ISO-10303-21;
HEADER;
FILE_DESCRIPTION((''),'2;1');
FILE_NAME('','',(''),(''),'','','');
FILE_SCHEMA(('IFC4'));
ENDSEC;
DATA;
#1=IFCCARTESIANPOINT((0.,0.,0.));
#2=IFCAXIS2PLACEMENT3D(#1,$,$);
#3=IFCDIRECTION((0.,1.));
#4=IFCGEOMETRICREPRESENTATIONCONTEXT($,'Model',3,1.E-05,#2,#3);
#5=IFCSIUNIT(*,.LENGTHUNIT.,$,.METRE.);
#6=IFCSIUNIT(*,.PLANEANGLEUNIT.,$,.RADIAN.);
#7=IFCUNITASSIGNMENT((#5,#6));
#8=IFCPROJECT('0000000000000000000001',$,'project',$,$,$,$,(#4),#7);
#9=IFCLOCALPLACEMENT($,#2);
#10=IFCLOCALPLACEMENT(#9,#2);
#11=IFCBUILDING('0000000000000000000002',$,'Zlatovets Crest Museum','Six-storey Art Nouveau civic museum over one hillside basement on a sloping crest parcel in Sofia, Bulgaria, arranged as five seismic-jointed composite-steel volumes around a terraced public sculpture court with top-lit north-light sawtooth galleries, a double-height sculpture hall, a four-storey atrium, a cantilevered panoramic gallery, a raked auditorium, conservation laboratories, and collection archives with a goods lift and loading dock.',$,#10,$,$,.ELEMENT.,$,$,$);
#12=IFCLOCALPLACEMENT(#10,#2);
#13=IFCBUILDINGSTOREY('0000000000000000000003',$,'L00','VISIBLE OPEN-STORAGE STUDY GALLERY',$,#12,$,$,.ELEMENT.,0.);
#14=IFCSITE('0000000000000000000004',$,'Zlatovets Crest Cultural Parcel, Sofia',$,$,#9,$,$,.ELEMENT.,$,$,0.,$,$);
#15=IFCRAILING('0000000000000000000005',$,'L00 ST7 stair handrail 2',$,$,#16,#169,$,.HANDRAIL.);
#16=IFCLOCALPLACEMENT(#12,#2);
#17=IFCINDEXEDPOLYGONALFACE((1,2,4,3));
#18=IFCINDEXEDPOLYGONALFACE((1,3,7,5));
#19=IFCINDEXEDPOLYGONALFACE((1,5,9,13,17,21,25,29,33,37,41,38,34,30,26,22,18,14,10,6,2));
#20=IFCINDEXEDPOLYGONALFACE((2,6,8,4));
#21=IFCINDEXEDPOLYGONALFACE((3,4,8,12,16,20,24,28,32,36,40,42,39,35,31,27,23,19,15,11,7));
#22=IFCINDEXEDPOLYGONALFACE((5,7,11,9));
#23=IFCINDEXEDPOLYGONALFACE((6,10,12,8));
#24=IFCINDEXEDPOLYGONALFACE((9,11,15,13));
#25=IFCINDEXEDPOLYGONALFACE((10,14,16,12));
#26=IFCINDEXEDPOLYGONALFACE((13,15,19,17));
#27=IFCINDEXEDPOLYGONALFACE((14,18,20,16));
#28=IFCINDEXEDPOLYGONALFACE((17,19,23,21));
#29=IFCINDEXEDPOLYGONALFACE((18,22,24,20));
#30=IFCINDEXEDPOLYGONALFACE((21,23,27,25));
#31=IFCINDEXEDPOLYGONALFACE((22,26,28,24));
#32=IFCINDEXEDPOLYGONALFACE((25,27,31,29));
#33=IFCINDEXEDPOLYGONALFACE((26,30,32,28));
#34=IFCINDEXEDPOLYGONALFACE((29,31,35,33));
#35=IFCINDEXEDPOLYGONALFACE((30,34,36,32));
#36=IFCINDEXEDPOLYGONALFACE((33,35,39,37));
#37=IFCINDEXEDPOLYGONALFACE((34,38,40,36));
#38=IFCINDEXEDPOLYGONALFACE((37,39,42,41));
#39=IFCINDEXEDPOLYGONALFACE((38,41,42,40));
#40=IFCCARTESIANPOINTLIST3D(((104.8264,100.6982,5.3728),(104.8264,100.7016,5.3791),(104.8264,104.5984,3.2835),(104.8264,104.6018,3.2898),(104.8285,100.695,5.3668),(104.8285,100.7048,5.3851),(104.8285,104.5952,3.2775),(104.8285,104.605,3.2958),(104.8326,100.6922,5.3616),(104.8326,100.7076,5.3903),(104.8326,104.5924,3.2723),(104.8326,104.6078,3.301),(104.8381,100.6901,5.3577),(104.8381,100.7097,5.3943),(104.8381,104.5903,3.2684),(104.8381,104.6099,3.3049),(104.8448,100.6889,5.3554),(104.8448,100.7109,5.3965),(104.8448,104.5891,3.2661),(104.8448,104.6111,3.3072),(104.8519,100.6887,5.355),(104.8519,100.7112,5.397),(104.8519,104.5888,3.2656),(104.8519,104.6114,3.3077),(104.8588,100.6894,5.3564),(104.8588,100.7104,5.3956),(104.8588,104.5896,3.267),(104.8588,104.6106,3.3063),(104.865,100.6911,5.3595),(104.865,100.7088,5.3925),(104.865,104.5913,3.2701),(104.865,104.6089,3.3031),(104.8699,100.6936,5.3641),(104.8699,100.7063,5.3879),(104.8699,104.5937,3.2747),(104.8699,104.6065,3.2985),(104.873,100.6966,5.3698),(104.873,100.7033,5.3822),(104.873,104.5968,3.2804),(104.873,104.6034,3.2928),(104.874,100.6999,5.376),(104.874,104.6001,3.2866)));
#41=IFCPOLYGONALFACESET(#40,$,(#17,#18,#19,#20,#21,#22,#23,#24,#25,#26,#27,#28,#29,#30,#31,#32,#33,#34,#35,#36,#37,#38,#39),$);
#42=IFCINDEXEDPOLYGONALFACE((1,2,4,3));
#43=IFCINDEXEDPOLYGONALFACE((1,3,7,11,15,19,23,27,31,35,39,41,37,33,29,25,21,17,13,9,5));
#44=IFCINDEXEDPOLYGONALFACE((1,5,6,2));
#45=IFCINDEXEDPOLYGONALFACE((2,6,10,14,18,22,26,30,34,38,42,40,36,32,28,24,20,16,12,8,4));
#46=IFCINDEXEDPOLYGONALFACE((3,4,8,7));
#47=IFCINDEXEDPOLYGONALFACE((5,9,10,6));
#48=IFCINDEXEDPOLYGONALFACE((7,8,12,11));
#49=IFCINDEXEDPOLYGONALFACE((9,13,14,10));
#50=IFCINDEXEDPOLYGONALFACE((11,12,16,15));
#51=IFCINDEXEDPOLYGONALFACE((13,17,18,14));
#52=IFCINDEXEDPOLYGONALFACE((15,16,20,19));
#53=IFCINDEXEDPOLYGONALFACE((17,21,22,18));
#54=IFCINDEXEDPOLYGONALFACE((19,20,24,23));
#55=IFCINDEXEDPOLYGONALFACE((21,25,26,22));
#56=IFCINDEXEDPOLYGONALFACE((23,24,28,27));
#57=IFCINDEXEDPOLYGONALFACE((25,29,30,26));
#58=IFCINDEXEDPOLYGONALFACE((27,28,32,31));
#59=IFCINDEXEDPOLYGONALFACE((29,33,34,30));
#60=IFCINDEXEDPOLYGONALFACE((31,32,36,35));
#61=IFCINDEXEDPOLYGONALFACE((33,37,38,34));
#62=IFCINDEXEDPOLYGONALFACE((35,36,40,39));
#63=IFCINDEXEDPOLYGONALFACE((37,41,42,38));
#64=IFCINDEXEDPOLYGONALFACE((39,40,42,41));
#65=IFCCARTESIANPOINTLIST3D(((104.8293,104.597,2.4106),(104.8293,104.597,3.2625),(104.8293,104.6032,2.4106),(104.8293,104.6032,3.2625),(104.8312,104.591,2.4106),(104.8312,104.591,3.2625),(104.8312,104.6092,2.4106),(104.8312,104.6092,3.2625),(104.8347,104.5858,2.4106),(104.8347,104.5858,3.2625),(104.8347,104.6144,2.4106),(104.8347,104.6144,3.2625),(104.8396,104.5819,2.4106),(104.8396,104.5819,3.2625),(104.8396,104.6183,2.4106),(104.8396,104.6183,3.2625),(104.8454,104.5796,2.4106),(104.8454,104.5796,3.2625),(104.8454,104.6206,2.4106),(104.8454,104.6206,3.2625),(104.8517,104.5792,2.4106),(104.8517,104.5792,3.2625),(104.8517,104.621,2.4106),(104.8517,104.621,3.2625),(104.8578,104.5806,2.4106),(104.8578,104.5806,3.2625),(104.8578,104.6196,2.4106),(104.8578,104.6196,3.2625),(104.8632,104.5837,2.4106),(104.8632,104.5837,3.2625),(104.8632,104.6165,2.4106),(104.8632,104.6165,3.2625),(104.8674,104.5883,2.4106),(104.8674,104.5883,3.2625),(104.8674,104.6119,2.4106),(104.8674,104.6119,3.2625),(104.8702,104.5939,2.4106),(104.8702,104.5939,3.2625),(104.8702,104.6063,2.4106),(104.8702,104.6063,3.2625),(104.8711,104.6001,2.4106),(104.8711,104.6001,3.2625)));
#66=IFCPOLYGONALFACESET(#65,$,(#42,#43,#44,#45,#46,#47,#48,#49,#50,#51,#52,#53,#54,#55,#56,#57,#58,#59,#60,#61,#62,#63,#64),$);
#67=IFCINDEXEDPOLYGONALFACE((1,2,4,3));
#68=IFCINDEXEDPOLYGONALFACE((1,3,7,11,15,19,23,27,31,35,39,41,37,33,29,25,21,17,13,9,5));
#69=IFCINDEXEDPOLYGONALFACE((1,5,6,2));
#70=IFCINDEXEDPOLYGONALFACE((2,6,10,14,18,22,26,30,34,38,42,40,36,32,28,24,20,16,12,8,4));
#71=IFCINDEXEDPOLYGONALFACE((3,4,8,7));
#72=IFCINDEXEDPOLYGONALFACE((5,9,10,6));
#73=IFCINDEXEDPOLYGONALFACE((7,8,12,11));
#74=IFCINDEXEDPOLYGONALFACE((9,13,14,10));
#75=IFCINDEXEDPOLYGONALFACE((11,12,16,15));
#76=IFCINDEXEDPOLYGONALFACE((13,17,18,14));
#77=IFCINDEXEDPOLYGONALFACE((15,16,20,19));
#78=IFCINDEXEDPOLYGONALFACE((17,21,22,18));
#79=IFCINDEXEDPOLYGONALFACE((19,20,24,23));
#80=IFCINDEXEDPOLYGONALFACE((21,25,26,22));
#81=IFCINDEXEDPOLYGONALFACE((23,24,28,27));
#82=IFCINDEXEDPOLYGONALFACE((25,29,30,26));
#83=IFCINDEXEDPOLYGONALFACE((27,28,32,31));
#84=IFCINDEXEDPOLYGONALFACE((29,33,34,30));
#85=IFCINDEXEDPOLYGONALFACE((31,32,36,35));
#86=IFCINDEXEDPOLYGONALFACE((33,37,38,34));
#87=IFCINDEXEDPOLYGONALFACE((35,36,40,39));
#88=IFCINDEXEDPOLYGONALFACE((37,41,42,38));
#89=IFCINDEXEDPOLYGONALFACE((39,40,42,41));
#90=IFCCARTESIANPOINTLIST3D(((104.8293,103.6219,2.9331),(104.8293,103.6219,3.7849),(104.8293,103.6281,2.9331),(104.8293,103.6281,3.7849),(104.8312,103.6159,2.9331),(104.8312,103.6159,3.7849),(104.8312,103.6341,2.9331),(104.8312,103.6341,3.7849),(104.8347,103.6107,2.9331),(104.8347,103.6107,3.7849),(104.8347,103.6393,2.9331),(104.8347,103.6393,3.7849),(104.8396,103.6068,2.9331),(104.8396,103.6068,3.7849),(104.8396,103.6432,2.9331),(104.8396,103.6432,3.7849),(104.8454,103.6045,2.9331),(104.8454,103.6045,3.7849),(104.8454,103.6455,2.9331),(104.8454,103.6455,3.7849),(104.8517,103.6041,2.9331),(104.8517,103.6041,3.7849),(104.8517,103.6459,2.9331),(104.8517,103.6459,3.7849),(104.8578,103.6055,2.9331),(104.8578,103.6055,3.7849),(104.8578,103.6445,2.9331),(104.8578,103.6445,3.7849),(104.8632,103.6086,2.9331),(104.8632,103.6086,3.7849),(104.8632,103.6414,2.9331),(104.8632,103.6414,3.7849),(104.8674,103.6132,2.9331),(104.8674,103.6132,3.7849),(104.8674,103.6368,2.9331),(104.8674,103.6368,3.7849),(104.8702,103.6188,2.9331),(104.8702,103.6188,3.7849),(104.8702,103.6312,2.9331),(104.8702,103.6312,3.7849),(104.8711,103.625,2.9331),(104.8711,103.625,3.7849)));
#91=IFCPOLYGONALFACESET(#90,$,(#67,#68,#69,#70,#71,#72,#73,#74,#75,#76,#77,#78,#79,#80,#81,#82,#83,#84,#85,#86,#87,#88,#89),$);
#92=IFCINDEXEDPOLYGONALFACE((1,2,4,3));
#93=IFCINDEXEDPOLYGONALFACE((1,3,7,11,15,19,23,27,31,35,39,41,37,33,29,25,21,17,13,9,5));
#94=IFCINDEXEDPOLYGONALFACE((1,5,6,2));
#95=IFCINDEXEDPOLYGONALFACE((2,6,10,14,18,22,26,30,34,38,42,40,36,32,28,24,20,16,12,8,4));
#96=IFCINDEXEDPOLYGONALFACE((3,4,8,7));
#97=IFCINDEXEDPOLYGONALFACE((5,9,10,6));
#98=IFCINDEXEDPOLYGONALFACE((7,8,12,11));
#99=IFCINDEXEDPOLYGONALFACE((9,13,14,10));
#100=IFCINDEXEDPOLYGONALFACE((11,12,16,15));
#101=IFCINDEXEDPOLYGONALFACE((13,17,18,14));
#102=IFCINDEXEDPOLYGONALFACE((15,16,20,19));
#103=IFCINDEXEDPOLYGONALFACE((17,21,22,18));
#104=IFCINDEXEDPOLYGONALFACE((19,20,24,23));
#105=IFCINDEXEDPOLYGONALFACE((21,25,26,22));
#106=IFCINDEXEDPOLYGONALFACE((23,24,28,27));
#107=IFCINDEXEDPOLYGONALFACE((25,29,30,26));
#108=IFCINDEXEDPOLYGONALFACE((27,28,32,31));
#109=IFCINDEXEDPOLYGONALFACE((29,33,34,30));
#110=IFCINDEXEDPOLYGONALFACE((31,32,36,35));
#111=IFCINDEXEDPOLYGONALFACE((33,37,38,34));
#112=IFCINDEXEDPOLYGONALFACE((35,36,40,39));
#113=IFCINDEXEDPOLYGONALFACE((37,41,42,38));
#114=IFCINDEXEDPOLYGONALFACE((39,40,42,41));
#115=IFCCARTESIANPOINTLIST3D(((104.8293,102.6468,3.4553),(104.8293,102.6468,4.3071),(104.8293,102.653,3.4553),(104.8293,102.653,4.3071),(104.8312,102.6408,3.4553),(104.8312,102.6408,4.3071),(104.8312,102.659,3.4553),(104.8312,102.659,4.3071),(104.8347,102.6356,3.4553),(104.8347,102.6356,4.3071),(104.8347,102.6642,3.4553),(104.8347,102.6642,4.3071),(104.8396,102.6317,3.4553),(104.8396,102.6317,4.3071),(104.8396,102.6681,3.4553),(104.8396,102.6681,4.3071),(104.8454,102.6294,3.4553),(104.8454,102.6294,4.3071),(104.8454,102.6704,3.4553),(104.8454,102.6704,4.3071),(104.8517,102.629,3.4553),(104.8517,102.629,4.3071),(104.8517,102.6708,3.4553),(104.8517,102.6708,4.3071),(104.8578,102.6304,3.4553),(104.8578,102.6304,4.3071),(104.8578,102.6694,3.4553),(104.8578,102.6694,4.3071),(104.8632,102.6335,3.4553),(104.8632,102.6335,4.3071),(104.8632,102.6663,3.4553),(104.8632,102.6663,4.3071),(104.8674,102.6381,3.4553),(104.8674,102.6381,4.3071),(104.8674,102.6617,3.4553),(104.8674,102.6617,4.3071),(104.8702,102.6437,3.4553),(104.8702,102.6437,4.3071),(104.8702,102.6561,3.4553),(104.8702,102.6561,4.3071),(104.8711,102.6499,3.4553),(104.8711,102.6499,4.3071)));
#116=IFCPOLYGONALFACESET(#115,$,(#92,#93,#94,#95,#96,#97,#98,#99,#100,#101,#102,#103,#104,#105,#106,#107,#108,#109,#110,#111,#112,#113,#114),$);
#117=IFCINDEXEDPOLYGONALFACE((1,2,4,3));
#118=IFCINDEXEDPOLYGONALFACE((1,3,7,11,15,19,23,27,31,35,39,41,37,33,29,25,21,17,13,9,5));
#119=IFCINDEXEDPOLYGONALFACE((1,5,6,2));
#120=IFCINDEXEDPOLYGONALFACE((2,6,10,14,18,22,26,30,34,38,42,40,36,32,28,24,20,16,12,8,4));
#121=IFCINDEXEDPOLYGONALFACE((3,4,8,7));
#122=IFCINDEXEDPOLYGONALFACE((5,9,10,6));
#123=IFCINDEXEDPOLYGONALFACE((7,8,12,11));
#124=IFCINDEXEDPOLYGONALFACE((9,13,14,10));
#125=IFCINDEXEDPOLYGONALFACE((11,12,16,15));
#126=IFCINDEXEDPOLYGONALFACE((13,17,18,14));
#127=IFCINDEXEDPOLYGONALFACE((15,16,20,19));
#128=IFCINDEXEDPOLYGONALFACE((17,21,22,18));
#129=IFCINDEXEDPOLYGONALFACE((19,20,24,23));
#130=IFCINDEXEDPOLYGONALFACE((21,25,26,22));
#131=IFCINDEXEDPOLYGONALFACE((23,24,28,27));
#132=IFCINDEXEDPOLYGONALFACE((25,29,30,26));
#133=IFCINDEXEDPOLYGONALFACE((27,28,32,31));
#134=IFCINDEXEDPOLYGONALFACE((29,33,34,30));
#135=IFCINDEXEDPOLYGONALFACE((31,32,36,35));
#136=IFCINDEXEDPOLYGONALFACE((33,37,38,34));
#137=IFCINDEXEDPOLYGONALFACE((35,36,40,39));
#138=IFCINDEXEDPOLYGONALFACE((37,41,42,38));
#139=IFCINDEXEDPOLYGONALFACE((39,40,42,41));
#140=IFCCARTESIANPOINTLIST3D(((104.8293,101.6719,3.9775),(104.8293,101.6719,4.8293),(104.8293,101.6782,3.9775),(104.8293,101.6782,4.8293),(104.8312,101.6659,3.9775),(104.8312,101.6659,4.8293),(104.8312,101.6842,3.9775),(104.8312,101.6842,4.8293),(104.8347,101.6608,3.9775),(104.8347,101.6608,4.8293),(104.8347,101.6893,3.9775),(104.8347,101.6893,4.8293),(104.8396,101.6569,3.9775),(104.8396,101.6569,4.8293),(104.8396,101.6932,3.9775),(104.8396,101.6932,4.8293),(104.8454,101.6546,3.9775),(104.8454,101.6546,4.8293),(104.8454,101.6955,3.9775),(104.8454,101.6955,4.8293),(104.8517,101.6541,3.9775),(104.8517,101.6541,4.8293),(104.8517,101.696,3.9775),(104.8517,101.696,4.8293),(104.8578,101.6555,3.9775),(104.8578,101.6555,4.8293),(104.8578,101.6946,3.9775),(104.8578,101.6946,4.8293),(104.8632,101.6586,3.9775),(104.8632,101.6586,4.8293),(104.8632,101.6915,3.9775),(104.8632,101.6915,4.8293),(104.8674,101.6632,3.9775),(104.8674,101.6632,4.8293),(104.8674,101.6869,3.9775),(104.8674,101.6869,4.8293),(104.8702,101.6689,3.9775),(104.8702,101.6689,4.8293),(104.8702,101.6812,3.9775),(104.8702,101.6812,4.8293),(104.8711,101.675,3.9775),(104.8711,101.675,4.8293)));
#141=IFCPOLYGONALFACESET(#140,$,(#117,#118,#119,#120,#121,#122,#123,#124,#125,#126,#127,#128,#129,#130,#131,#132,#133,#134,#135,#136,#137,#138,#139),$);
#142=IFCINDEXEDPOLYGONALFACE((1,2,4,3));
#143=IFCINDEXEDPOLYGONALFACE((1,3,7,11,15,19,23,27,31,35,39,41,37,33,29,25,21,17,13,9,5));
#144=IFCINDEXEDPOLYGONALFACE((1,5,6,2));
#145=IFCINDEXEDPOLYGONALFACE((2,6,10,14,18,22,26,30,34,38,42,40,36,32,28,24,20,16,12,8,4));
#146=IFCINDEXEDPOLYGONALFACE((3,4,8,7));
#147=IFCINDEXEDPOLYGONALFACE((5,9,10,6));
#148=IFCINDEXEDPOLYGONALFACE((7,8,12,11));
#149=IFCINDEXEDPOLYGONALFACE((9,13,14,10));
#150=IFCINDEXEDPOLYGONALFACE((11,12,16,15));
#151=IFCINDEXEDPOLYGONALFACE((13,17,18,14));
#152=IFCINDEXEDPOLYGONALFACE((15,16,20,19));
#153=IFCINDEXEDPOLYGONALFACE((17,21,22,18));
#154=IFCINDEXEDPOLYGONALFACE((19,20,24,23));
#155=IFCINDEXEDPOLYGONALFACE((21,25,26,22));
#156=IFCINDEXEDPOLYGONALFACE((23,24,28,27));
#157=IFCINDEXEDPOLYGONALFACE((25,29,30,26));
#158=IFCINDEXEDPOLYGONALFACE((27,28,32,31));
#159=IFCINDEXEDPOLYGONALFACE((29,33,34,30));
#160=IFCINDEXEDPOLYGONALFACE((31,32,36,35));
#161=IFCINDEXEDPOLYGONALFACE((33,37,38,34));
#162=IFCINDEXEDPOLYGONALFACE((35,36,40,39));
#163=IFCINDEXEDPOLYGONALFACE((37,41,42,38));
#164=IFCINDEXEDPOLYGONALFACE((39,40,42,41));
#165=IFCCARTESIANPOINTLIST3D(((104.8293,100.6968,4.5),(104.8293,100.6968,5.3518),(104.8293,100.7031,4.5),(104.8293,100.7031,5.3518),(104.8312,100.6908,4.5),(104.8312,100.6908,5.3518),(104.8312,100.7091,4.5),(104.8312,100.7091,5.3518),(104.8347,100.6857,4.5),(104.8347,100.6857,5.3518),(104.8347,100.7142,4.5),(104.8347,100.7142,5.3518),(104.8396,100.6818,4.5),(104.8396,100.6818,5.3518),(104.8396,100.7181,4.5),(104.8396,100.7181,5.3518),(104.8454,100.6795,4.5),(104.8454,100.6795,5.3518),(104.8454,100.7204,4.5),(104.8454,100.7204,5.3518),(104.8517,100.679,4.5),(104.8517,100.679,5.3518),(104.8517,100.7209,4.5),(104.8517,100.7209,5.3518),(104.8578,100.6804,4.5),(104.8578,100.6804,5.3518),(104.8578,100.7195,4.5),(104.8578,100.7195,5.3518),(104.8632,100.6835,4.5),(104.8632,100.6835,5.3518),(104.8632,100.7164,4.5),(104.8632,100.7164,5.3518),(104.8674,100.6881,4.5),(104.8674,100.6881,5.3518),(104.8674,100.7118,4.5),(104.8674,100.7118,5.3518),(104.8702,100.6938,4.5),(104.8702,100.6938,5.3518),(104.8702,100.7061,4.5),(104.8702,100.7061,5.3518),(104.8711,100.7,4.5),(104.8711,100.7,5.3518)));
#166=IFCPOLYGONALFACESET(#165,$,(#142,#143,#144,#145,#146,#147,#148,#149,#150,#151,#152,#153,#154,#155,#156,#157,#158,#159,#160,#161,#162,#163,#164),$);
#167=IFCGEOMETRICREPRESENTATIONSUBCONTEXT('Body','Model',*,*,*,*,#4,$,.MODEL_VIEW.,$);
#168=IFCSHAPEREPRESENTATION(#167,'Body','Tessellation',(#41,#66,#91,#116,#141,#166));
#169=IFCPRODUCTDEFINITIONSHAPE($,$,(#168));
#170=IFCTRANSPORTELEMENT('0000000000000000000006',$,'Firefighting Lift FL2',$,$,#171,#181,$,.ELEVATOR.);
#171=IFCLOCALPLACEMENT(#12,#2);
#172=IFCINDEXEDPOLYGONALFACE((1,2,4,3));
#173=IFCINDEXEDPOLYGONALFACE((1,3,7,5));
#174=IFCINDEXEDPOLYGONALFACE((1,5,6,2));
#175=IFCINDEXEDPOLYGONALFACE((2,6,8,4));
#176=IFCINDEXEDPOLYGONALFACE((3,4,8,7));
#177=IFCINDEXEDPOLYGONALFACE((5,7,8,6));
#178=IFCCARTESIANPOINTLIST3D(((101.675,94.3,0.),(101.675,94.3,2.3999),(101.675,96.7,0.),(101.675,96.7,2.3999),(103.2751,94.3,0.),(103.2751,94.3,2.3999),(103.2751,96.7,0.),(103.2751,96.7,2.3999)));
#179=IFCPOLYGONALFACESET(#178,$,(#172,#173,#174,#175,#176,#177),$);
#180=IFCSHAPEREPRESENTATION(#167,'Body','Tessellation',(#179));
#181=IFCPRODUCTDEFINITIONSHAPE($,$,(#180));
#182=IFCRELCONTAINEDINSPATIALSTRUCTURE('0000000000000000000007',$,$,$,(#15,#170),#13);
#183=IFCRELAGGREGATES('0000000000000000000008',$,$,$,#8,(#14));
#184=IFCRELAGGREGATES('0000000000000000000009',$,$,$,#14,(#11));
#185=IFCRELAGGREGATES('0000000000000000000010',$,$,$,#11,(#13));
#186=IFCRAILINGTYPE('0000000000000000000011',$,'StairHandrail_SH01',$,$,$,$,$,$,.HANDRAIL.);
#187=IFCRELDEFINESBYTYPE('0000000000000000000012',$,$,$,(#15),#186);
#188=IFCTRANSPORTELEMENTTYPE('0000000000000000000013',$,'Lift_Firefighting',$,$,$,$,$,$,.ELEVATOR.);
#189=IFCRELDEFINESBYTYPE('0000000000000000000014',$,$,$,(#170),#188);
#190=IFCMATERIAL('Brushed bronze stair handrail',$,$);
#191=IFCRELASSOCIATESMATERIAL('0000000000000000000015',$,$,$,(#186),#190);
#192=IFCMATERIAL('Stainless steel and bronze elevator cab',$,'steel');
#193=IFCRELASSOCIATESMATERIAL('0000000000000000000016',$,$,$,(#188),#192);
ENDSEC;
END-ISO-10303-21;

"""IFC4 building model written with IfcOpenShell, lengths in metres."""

from ifc_helpers import new_model, si_unit, direction, frame, origin, origin_2d, place, context, subcontext, project, spatial, rectangle, circle, extrude, material, type_object, element, save


model = new_model("IFC4")

# Units and contexts
model_context = context("Model", 3, precision=1e-05, world=origin(), true_north=direction((0.0, 1.0)))
body_context = subcontext(model_context, "Body", "Model", "MODEL_VIEW")
ifc_project = project(units=[si_unit("LENGTHUNIT", "METRE"), si_unit("PLANEANGLEUNIT", "RADIAN")], contexts=[model_context])

# Site, building, storey
site_placement = place(None, origin())
site = spatial("IfcSite", under=ifc_project, at=site_placement, Name="Zlatovets Crest Cultural Parcel, Sofia", CompositionType="ELEMENT", RefElevation=0.0)
building_placement = place(site_placement, origin())
building = spatial("IfcBuilding", under=site, at=building_placement, Name="Zlatovets Crest Museum", Description="Six-storey Art Nouveau civic museum over one hillside basement on a sloping crest parcel in Sofia, Bulgaria, arranged as five seismic-jointed composite-steel volumes around a terraced public sculpture court with top-lit north-light sawtooth galleries, a double-height sculpture hall, a four-storey atrium, a cantilevered panoramic gallery, a raked auditorium, conservation laboratories, and collection archives with a goods lift and loading dock.", CompositionType="ELEMENT")
storey_placement = place(building_placement, origin())
storey = spatial("IfcBuildingStorey", under=building, at=storey_placement, Name="L00", Description="VISIBLE OPEN-STORAGE STUDY GALLERY", CompositionType="ELEMENT", Elevation=0.0)

# Railing
ifc_material_1 = material(Name="Brushed bronze stair handrail")
railing_type_1 = type_object("IfcRailingType", Name="StairHandrail_SH01", PredefinedType="HANDRAIL", material=ifc_material_1)
railing_1_placement = place(storey_placement, frame((104.8501, 104.6001, 2.4106)))
element("IfcRailing", 1, at=railing_1_placement, inside=storey, type_object=railing_type_1, Name="L00 ST7 stair handrail 2", PredefinedType="HANDRAIL", context=body_context, shape_type="SweptSolid", body=[
    extrude(circle(Radius=0.0239, at=origin_2d()), frame((0.0, 0.0, 0.876), z_axis=(0.0, -0.881481, 0.47222), x_axis=(1.0, 0.0, 0.0)), (0.0, 0.0, 1.0), 4.4246),
    extrude(circle(Radius=0.021, at=origin_2d()), origin(), (0.0, 0.0, 1.0), 0.8518),
    extrude(circle(Radius=0.021, at=origin_2d()), frame((0.0, -0.9751, 0.5225)), (0.0, 0.0, 1.0), 0.8518),
    extrude(circle(Radius=0.021, at=origin_2d()), frame((0.0, -1.9502, 1.0447)), (0.0, 0.0, 1.0), 0.8518),
    extrude(circle(Radius=0.021, at=origin_2d()), frame((0.0, -2.925, 1.5669)), (0.0, 0.0, 1.0), 0.8518),
    extrude(circle(Radius=0.021, at=origin_2d()), frame((0.0, -3.9001, 2.0894)), (0.0, 0.0, 1.0), 0.8518),
])

# Transport element
ifc_material_2 = material(Name="Stainless steel and bronze elevator cab", Category="steel")
transport_element_type = type_object("IfcTransportElementType", Name="Lift_Firefighting", PredefinedType="ELEVATOR", material=ifc_material_2)
transport_element_placement = place(storey_placement, frame((102.4751, 95.5, 0.0), z_axis=(0.0, 0.0, 1.0), x_axis=(1.0, 0.0, 0.0)))
element("IfcTransportElement", 2, at=transport_element_placement, inside=storey, type_object=transport_element_type, Name="Firefighting Lift FL2", PredefinedType="ELEVATOR", context=body_context, shape_type="SweptSolid", body=[
    extrude(rectangle(XDim=1.6001, YDim=2.3999, at=origin_2d()), origin(), (0.0, 0.0, 1.0), 2.3999),
])

save(model, "model.ifc")
